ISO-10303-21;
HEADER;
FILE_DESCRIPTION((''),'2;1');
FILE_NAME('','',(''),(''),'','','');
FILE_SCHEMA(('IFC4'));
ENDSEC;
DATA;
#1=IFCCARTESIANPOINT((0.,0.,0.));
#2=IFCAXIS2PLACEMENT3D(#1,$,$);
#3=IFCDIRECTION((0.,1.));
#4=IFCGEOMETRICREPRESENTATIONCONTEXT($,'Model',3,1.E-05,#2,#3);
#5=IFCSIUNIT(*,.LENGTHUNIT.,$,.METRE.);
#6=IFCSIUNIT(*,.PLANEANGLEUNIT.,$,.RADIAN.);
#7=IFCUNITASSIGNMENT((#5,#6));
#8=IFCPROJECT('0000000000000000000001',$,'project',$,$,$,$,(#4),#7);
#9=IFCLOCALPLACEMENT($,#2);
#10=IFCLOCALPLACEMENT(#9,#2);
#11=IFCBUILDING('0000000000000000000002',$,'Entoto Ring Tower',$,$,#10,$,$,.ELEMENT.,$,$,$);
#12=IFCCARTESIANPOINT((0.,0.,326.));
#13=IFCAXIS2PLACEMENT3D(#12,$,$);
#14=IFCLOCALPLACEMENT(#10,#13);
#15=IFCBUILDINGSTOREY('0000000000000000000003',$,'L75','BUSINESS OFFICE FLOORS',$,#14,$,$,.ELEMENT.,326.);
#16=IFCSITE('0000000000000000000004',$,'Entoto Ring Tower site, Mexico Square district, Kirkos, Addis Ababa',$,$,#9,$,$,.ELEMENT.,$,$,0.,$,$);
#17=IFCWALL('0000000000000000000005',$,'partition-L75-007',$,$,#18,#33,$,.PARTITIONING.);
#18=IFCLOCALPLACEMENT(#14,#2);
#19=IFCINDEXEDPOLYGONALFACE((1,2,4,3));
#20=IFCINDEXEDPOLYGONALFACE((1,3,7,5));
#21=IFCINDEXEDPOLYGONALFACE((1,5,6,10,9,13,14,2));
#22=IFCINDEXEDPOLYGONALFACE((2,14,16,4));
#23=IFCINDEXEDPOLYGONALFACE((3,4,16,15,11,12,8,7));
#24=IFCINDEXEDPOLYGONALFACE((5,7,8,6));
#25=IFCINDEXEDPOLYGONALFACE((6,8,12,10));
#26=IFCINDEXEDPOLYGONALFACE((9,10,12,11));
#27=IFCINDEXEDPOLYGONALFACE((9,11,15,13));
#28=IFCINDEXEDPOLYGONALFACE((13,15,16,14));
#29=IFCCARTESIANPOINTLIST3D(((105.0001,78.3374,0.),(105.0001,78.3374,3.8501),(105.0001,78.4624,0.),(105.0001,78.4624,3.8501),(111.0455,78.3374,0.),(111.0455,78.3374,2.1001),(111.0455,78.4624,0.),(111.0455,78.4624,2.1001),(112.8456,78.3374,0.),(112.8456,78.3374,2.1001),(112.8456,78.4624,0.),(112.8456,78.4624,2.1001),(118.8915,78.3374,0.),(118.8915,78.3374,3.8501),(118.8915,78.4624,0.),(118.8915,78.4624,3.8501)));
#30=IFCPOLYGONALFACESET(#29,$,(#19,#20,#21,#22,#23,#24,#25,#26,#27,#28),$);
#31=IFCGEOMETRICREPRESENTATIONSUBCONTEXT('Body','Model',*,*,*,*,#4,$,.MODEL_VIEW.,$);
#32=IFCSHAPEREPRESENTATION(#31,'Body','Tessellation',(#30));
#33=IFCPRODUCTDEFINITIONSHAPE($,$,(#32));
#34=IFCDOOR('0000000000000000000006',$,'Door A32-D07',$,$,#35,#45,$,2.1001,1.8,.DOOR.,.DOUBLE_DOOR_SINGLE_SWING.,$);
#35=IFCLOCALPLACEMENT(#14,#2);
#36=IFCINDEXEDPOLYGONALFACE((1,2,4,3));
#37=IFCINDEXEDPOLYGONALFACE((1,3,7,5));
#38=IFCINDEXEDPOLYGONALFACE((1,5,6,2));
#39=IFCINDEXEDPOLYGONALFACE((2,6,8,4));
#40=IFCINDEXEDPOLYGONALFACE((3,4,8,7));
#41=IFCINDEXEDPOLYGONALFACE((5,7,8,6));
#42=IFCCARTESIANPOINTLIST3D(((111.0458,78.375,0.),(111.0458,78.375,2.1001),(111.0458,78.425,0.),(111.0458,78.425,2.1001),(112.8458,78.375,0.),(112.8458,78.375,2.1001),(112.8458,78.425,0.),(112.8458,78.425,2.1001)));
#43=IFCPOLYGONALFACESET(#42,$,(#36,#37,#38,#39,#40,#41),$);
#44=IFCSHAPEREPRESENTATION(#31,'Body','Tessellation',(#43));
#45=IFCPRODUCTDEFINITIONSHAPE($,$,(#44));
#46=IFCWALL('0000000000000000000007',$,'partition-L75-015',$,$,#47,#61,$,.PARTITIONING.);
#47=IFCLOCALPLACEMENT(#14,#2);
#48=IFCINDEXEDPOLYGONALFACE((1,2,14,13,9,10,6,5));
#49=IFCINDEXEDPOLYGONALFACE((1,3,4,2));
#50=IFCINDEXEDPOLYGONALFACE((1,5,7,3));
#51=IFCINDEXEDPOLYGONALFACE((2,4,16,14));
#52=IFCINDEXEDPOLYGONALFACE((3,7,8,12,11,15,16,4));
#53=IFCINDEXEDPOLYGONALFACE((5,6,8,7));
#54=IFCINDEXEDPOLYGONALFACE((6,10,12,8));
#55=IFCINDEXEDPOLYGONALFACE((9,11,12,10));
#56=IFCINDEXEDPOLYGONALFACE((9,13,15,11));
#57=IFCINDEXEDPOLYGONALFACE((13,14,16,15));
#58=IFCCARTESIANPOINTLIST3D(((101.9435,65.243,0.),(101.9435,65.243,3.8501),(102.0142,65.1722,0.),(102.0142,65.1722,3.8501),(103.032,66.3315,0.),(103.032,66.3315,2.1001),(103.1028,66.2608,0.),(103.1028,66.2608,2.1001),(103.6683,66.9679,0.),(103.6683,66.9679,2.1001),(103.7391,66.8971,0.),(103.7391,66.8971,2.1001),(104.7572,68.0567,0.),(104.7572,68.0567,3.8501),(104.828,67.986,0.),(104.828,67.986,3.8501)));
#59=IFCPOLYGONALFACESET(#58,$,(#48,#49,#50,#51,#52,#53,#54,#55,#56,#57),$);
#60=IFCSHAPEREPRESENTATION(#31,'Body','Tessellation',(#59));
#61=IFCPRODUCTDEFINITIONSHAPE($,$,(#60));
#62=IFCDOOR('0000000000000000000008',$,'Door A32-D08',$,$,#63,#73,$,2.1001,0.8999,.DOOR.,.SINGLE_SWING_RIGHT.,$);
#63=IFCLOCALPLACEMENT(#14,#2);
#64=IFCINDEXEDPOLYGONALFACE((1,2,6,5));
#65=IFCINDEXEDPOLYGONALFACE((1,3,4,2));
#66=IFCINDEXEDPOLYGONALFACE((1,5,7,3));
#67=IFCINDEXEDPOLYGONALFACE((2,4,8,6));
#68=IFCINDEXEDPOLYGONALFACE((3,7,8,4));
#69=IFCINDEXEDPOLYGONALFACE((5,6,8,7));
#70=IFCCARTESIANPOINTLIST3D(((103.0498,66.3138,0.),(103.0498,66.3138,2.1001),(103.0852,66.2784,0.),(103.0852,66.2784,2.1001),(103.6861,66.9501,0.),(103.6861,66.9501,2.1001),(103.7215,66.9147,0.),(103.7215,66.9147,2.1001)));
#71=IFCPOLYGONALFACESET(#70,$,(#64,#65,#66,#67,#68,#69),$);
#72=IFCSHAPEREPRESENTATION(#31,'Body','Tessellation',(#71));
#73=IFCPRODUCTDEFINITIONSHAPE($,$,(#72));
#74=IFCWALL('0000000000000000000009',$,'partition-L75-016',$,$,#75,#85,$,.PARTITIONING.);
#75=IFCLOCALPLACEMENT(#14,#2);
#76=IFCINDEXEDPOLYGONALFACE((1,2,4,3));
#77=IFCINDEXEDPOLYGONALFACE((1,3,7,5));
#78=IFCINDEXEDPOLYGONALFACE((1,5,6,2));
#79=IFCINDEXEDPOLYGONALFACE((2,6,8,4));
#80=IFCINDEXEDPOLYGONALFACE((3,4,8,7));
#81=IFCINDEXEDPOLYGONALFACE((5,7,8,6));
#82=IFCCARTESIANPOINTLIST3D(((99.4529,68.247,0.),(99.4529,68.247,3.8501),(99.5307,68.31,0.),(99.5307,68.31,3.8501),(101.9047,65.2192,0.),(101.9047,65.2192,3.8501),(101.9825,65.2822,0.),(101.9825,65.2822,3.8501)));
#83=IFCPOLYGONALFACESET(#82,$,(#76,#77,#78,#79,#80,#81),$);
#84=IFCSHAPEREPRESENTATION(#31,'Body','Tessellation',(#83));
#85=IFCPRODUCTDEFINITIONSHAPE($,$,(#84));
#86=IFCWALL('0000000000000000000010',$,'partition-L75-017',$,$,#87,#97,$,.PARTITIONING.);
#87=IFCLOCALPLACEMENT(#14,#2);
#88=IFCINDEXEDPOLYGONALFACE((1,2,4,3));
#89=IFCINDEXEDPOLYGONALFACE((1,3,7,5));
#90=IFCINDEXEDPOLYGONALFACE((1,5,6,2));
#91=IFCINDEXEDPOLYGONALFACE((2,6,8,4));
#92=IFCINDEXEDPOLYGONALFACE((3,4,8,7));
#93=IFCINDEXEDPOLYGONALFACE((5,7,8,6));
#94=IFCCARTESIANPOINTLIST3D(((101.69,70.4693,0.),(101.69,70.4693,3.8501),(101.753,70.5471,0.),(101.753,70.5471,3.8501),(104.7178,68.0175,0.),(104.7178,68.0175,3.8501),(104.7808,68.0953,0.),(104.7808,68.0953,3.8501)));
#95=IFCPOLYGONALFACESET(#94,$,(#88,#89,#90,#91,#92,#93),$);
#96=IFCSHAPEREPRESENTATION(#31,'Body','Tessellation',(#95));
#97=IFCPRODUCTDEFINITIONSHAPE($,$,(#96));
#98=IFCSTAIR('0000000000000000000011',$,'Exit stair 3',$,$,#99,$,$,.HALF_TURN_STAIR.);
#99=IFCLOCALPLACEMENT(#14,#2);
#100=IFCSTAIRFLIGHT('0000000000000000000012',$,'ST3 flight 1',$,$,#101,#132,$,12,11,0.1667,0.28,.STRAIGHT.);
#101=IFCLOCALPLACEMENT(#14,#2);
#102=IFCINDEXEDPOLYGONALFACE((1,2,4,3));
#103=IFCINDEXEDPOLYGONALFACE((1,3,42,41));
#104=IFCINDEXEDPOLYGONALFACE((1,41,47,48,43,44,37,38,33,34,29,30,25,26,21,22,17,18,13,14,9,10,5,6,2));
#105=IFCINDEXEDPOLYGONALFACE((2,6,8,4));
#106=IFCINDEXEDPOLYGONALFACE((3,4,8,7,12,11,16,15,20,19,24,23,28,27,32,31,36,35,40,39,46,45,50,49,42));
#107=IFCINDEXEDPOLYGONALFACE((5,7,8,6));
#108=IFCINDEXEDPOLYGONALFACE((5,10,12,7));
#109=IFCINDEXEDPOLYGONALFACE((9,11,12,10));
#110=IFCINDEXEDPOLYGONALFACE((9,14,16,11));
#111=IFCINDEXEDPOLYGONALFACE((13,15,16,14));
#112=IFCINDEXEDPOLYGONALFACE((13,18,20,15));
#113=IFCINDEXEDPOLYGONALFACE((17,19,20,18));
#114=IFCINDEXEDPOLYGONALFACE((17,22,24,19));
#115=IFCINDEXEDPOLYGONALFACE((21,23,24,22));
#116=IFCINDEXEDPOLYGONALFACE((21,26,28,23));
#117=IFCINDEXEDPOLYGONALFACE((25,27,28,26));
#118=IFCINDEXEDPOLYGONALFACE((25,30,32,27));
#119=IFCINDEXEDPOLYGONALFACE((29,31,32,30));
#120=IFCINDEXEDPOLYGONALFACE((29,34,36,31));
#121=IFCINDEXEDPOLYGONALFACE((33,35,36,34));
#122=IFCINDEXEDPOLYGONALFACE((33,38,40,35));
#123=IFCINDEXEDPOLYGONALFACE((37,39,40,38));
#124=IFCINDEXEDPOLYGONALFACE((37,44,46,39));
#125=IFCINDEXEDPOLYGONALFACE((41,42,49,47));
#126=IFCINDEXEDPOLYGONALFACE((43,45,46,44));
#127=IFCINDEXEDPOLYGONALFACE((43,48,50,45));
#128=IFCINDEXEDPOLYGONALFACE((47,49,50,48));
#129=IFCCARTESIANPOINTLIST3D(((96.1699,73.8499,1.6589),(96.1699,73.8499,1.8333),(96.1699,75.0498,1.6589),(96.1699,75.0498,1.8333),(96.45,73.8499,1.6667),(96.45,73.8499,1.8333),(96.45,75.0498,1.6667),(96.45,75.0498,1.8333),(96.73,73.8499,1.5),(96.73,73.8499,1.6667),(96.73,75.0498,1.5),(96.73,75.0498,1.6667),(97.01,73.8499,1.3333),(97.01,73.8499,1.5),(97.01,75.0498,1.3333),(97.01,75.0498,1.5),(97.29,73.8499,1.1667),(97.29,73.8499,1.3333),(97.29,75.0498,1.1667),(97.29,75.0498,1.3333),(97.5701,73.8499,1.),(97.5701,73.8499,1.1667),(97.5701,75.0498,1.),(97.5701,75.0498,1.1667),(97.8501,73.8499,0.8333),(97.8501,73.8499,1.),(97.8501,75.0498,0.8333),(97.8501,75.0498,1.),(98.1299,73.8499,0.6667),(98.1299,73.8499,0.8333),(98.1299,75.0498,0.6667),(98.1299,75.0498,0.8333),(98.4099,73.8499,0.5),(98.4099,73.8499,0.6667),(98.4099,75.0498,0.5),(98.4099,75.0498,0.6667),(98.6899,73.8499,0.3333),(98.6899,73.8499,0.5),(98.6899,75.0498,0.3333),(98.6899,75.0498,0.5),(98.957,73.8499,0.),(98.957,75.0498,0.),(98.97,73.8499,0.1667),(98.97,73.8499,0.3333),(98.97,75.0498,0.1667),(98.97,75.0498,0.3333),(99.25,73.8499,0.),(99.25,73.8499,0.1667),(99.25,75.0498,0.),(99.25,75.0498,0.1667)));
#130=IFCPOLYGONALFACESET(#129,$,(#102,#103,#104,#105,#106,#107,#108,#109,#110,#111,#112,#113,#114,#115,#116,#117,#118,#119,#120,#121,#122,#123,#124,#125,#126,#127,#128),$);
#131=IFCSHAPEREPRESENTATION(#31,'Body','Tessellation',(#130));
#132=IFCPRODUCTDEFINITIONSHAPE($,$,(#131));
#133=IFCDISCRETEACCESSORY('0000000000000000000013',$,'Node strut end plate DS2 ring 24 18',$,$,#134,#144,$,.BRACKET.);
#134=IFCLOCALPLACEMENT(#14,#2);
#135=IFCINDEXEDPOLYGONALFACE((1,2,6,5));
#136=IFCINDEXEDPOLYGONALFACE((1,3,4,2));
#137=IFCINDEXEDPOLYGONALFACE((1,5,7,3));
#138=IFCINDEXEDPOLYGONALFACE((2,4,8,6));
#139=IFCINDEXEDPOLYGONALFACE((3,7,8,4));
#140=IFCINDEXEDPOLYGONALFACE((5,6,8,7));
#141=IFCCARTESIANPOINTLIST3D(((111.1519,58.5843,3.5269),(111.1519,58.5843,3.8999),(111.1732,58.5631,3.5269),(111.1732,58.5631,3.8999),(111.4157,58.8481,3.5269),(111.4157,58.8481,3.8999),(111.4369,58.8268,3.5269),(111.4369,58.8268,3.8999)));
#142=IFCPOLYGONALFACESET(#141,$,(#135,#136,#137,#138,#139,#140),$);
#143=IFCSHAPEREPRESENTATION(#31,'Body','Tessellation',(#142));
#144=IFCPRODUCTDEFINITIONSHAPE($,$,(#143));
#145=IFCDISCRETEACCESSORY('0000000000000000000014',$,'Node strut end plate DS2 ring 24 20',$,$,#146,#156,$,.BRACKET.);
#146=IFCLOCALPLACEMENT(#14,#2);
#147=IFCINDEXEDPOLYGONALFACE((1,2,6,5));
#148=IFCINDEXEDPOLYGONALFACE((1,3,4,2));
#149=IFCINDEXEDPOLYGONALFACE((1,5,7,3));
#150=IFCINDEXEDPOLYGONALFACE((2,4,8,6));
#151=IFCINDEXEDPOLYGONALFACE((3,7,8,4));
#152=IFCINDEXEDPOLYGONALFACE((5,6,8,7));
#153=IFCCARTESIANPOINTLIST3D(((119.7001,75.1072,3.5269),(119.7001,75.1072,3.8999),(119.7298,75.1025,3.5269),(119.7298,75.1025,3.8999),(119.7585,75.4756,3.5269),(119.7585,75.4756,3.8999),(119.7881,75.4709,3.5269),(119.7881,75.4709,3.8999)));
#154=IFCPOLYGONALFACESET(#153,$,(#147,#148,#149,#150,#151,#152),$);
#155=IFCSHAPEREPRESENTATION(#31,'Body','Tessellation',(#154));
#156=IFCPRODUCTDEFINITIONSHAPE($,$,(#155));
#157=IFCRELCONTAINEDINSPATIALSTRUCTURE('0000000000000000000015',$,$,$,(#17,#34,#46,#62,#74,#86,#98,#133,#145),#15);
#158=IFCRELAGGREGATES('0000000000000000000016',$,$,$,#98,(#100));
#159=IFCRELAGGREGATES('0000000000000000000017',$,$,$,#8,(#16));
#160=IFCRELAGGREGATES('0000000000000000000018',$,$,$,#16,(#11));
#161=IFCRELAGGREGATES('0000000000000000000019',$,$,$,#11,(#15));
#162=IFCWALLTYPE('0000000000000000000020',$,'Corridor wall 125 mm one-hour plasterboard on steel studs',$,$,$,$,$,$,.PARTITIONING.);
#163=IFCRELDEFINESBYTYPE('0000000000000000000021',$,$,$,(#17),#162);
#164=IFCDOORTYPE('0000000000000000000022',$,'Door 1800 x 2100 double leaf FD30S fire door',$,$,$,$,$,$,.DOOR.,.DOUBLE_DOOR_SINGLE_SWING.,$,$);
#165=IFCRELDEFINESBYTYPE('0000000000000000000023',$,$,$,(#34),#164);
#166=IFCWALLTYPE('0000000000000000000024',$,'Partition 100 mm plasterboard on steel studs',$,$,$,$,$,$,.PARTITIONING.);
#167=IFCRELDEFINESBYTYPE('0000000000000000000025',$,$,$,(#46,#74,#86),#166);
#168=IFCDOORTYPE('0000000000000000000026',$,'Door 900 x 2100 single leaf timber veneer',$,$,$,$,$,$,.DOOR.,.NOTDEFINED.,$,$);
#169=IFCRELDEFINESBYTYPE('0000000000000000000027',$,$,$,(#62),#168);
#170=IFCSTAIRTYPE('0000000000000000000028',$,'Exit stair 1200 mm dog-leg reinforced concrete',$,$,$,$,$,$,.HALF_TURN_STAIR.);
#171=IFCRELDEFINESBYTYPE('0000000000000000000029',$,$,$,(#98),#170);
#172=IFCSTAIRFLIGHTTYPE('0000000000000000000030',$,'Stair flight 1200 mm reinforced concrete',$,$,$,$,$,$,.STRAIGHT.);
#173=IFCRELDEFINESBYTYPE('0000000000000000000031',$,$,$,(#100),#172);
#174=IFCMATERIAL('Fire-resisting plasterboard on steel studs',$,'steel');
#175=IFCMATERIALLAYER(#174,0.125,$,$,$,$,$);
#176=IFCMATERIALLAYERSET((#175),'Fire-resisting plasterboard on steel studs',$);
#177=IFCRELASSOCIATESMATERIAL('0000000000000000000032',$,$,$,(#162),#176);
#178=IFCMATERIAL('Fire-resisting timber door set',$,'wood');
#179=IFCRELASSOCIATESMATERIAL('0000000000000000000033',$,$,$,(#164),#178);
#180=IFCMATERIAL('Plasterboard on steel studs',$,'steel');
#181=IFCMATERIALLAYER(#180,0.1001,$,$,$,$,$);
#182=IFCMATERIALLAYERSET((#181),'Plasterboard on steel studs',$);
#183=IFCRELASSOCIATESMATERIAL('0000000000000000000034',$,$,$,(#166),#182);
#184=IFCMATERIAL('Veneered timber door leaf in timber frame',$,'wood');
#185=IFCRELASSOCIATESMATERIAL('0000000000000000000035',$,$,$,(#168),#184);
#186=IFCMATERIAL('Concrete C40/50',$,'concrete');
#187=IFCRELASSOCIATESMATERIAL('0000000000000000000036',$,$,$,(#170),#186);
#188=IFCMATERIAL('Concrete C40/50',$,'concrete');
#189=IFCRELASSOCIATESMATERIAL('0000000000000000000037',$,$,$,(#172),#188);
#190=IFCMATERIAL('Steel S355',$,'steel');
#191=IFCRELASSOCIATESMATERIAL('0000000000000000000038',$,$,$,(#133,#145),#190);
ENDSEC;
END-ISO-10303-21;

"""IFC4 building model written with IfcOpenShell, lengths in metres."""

from ifc_helpers import new_model, si_unit, direction, frame, frame_2d, origin, origin_2d, place, context, subcontext, project, spatial, polyline, rectangle, outline, extrude, material, layer, layer_set, type_object, element, fill, aggregate, save


model = new_model("IFC4")

# Units and contexts
model_context = context("Model", 3, precision=1e-05, world=origin(), true_north=direction((0.0, 1.0)))
body_context = subcontext(model_context, "Body", "Model", "MODEL_VIEW")
ifc_project = project(units=[si_unit("LENGTHUNIT", "METRE"), si_unit("PLANEANGLEUNIT", "RADIAN")], contexts=[model_context])

# Site, building, storey
site_placement = place(None, origin())
site = spatial("IfcSite", under=ifc_project, at=site_placement, Name="Entoto Ring Tower site, Mexico Square district, Kirkos, Addis Ababa", CompositionType="ELEMENT", RefElevation=0.0)
building_placement = place(site_placement, origin())
building = spatial("IfcBuilding", under=site, at=building_placement, Name="Entoto Ring Tower", CompositionType="ELEMENT")
storey_placement = place(building_placement, frame((0.0, 0.0, 326.0)))
storey = spatial("IfcBuildingStorey", under=building, at=storey_placement, Name="L75", Description="BUSINESS OFFICE FLOORS", CompositionType="ELEMENT", Elevation=326.0)

# Walls, openings, doors
ifc_material_1 = material(Name="Fire-resisting plasterboard on steel studs", Category="steel")
ifc_layer_1 = layer(ifc_material_1, 0.125)
ifc_layer_set_1 = layer_set([ifc_layer_1], Name="Fire-resisting plasterboard on steel studs")
wall_type_1 = type_object("IfcWallType", Name="Corridor wall 125 mm one-hour plasterboard on steel studs", PredefinedType="PARTITIONING", material=ifc_layer_set_1)
wall_1_placement = place(storey_placement, frame((105.0, 78.3999, 0.0), z_axis=(0.0, 0.0, 1.0), x_axis=(1.0, 0.0, 0.0)))
wall_1 = element("IfcWall", 1, at=wall_1_placement, inside=storey, type_object=wall_type_1, Name="partition-L75-007", PredefinedType="PARTITIONING", context=body_context, shape_type="SweptSolid", body=[
    extrude(rectangle(XDim=13.8914, YDim=0.125, at=frame_2d((6.9458, 0.0))), origin(), (0.0, 0.0, 1.0), 3.8501),
])
opening_1_placement = place(wall_1_placement, frame((6.0457, 0.0, 0.0)))
opening_1 = element("IfcOpeningElement", 2, at=opening_1_placement, cuts=wall_1, PredefinedType="OPENING", context=body_context, shape_type="SweptSolid", body=[
    extrude(rectangle(XDim=1.8, YDim=2.1001, at=frame_2d((0.8999, 1.05))), frame((0.0, 0.0725, 0.0), z_axis=(0.0, -1.0, 0.0), x_axis=(1.0, 0.0, 0.0)), (0.0, 0.0, 1.0), 0.145),
])
ifc_material_2 = material(Name="Fire-resisting timber door set", Category="wood")
door_type_1 = type_object("IfcDoorType", Name="Door 1800 x 2100 double leaf FD30S fire door", OperationType="DOUBLE_DOOR_SINGLE_SWING", PredefinedType="DOOR", material=ifc_material_2)
door_1_placement = place(opening_1_placement, frame((1.8, 0.0, 0.0), z_axis=(0.0, 0.0, 1.0), x_axis=(-1.0, 0.0, 0.0)))
door_1 = element("IfcDoor", 3, at=door_1_placement, inside=storey, type_object=door_type_1, Name="Door A32-D07", OperationType="DOUBLE_DOOR_SINGLE_SWING", OverallHeight=2.1001, OverallWidth=1.8, PredefinedType="DOOR", context=body_context, shape_type="SweptSolid", body=[
    extrude(rectangle(XDim=1.8, YDim=2.1001, at=frame_2d((0.8999, 1.05))), frame((0.0, 0.0249, 0.0), z_axis=(0.0, -1.0, 0.0), x_axis=(1.0, 0.0, 0.0)), (0.0, 0.0, 1.0), 0.05),
])
fill(opening_1, door_1)
ifc_material_3 = material(Name="Plasterboard on steel studs", Category="steel")
ifc_layer_2 = layer(ifc_material_3, 0.1001)
ifc_layer_set_2 = layer_set([ifc_layer_2], Name="Plasterboard on steel studs")
wall_type_2 = type_object("IfcWallType", Name="Partition 100 mm plasterboard on steel studs", PredefinedType="PARTITIONING", material=ifc_layer_set_2)
wall_2_placement = place(storey_placement, frame((101.9788, 65.2075, 0.0), z_axis=(0.0, 0.0, 1.0), x_axis=(0.707107, 0.707107, 0.0)))
wall_2 = element("IfcWall", 4, at=wall_2_placement, inside=storey, type_object=wall_type_2, Name="partition-L75-015", PredefinedType="PARTITIONING", context=body_context, shape_type="SweptSolid", body=[
    extrude(rectangle(XDim=3.9792, YDim=0.1001, at=frame_2d((1.9897, 0.0))), origin(), (0.0, 0.0, 1.0), 3.8501),
])
opening_2_placement = place(wall_2_placement, frame((1.5396, 0.0, 0.0)))
opening_2 = element("IfcOpeningElement", 5, at=opening_2_placement, cuts=wall_2, PredefinedType="OPENING", context=body_context, shape_type="SweptSolid", body=[
    extrude(rectangle(XDim=0.8999, YDim=2.1001, at=frame_2d((0.45, 1.05))), frame((0.0, 0.0601, 0.0), z_axis=(0.0, -1.0, 0.0), x_axis=(1.0, 0.0, 0.0)), (0.0, 0.0, 1.0), 0.1201),
])
ifc_material_4 = material(Name="Veneered timber door leaf in timber frame", Category="wood")
door_type_2 = type_object("IfcDoorType", Name="Door 900 x 2100 single leaf timber veneer", OperationType="NOTDEFINED", PredefinedType="DOOR", material=ifc_material_4)
door_2_placement = place(opening_2_placement, origin())
door_2 = element("IfcDoor", 6, at=door_2_placement, inside=storey, type_object=door_type_2, Name="Door A32-D08", OperationType="SINGLE_SWING_RIGHT", OverallHeight=2.1001, OverallWidth=0.8999, PredefinedType="DOOR", context=body_context, shape_type="SweptSolid", body=[
    extrude(rectangle(XDim=0.8999, YDim=2.1001, at=frame_2d((0.45, 1.05))), frame((0.0, 0.0249, 0.0), z_axis=(0.0, -1.0, 0.0), x_axis=(1.0, 0.0, 0.0)), (0.0, 0.0, 1.0), 0.05),
])
fill(opening_2, door_2)

# Walls
for number, where, z_axis, x_axis, name in (
    (7, (101.9436, 65.2507, 0.0), (0.0, 0.0, 1.0), (-0.629323, 0.777144, 0.0), "partition-L75-016"),
    (8, (104.7493, 68.0564, 0.0), (0.0, 0.0, 1.0), (-0.777144, 0.629323, 0.0), "partition-L75-017"),
):
    element("IfcWall", number, at=place(storey_placement, frame(where, z_axis=z_axis, x_axis=x_axis)), inside=storey, type_object=wall_type_2, Name=name, PredefinedType="PARTITIONING", context=body_context, shape_type="SweptSolid", body=[
        extrude(rectangle(XDim=3.896, YDim=0.1001, at=frame_2d((1.948, 0.0))), origin(), (0.0, 0.0, 1.0), 3.8501),
    ])

# Stair, stair flight
ifc_material_5 = material(Name="Concrete C40/50", Category="concrete")
stair_type = type_object("IfcStairType", Name="Exit stair 1200 mm dog-leg reinforced concrete", PredefinedType="HALF_TURN_STAIR", material=ifc_material_5)
stair_placement = place(storey_placement, origin())
stair = element("IfcStair", 9, at=stair_placement, inside=storey, type_object=stair_type, Name="Exit stair 3", PredefinedType="HALF_TURN_STAIR")
ifc_material_6 = material(Name="Concrete C40/50", Category="concrete")
stair_flight_type = type_object("IfcStairFlightType", Name="Stair flight 1200 mm reinforced concrete", PredefinedType="STRAIGHT", material=ifc_material_6)
stair_flight_placement = place(storey_placement, frame((99.25, 74.45, 0.0), z_axis=(0.0, 0.0, 1.0), x_axis=(-1.0, 0.0, 0.0)))
stair_flight = element("IfcStairFlight", 10, at=stair_flight_placement, type_object=stair_flight_type, Name="ST3 flight 1", NumberOfRisers=12, NumberOfTreads=11, PredefinedType="STRAIGHT", RiserHeight=0.1667, TreadLength=0.28, context=body_context, shape_type="SweptSolid", body=[
    extrude(outline(polyline([(0.0, 0.0), (0.0, 0.1667), (0.28, 0.1667), (0.28, 0.3333), (0.5601, 0.3333), (0.5601, 0.5), (0.8401, 0.5), (0.8401, 0.6667), (1.1201, 0.6667), (1.1201, 0.8333), (1.3999, 0.8333), (1.3999, 1.0), (1.6799, 1.0), (1.6799, 1.1667), (1.96, 1.1667), (1.96, 1.3333), (2.24, 1.3333), (2.24, 1.5), (2.52, 1.5), (2.52, 1.6667), (2.8, 1.6667), (2.8, 1.8333), (3.0801, 1.8333), (3.0801, 2.0), (3.0801, 1.6589), (0.293, 0.0), (0.0, 0.0)])), frame((0.0, 0.6001, 0.0), z_axis=(0.0, -1.0, 0.0), x_axis=(1.0, 0.0, 0.0)), (0.0, 0.0, 1.0), 1.2),
])
aggregate(stair, [stair_flight])

# Discrete accessories
ifc_material_7 = material(Name="Steel S355", Category="steel")
for number, where, z_axis, x_axis, name in (
    (11, (111.2944, 58.7056, 3.5269), (0.0, 0.0, 1.0), (0.707107, -0.707107, 0.0), "Node strut end plate DS2 ring 24 18"),
    (12, (119.7441, 75.2891, 3.5269), (0.0, 0.0, 1.0), (0.987688, -0.156434, 0.0), "Node strut end plate DS2 ring 24 20"),
):
    element("IfcDiscreteAccessory", number, at=place(storey_placement, frame(where, z_axis=z_axis, x_axis=x_axis)), inside=storey, material=ifc_material_7, Name=name, PredefinedType="BRACKET", context=body_context, shape_type="SweptSolid", body=[
        extrude(rectangle(XDim=0.03, YDim=0.373, at=origin_2d()), origin(), (0.0, 0.0, 1.0), 0.373),
    ])

save(model, "model.ifc")
